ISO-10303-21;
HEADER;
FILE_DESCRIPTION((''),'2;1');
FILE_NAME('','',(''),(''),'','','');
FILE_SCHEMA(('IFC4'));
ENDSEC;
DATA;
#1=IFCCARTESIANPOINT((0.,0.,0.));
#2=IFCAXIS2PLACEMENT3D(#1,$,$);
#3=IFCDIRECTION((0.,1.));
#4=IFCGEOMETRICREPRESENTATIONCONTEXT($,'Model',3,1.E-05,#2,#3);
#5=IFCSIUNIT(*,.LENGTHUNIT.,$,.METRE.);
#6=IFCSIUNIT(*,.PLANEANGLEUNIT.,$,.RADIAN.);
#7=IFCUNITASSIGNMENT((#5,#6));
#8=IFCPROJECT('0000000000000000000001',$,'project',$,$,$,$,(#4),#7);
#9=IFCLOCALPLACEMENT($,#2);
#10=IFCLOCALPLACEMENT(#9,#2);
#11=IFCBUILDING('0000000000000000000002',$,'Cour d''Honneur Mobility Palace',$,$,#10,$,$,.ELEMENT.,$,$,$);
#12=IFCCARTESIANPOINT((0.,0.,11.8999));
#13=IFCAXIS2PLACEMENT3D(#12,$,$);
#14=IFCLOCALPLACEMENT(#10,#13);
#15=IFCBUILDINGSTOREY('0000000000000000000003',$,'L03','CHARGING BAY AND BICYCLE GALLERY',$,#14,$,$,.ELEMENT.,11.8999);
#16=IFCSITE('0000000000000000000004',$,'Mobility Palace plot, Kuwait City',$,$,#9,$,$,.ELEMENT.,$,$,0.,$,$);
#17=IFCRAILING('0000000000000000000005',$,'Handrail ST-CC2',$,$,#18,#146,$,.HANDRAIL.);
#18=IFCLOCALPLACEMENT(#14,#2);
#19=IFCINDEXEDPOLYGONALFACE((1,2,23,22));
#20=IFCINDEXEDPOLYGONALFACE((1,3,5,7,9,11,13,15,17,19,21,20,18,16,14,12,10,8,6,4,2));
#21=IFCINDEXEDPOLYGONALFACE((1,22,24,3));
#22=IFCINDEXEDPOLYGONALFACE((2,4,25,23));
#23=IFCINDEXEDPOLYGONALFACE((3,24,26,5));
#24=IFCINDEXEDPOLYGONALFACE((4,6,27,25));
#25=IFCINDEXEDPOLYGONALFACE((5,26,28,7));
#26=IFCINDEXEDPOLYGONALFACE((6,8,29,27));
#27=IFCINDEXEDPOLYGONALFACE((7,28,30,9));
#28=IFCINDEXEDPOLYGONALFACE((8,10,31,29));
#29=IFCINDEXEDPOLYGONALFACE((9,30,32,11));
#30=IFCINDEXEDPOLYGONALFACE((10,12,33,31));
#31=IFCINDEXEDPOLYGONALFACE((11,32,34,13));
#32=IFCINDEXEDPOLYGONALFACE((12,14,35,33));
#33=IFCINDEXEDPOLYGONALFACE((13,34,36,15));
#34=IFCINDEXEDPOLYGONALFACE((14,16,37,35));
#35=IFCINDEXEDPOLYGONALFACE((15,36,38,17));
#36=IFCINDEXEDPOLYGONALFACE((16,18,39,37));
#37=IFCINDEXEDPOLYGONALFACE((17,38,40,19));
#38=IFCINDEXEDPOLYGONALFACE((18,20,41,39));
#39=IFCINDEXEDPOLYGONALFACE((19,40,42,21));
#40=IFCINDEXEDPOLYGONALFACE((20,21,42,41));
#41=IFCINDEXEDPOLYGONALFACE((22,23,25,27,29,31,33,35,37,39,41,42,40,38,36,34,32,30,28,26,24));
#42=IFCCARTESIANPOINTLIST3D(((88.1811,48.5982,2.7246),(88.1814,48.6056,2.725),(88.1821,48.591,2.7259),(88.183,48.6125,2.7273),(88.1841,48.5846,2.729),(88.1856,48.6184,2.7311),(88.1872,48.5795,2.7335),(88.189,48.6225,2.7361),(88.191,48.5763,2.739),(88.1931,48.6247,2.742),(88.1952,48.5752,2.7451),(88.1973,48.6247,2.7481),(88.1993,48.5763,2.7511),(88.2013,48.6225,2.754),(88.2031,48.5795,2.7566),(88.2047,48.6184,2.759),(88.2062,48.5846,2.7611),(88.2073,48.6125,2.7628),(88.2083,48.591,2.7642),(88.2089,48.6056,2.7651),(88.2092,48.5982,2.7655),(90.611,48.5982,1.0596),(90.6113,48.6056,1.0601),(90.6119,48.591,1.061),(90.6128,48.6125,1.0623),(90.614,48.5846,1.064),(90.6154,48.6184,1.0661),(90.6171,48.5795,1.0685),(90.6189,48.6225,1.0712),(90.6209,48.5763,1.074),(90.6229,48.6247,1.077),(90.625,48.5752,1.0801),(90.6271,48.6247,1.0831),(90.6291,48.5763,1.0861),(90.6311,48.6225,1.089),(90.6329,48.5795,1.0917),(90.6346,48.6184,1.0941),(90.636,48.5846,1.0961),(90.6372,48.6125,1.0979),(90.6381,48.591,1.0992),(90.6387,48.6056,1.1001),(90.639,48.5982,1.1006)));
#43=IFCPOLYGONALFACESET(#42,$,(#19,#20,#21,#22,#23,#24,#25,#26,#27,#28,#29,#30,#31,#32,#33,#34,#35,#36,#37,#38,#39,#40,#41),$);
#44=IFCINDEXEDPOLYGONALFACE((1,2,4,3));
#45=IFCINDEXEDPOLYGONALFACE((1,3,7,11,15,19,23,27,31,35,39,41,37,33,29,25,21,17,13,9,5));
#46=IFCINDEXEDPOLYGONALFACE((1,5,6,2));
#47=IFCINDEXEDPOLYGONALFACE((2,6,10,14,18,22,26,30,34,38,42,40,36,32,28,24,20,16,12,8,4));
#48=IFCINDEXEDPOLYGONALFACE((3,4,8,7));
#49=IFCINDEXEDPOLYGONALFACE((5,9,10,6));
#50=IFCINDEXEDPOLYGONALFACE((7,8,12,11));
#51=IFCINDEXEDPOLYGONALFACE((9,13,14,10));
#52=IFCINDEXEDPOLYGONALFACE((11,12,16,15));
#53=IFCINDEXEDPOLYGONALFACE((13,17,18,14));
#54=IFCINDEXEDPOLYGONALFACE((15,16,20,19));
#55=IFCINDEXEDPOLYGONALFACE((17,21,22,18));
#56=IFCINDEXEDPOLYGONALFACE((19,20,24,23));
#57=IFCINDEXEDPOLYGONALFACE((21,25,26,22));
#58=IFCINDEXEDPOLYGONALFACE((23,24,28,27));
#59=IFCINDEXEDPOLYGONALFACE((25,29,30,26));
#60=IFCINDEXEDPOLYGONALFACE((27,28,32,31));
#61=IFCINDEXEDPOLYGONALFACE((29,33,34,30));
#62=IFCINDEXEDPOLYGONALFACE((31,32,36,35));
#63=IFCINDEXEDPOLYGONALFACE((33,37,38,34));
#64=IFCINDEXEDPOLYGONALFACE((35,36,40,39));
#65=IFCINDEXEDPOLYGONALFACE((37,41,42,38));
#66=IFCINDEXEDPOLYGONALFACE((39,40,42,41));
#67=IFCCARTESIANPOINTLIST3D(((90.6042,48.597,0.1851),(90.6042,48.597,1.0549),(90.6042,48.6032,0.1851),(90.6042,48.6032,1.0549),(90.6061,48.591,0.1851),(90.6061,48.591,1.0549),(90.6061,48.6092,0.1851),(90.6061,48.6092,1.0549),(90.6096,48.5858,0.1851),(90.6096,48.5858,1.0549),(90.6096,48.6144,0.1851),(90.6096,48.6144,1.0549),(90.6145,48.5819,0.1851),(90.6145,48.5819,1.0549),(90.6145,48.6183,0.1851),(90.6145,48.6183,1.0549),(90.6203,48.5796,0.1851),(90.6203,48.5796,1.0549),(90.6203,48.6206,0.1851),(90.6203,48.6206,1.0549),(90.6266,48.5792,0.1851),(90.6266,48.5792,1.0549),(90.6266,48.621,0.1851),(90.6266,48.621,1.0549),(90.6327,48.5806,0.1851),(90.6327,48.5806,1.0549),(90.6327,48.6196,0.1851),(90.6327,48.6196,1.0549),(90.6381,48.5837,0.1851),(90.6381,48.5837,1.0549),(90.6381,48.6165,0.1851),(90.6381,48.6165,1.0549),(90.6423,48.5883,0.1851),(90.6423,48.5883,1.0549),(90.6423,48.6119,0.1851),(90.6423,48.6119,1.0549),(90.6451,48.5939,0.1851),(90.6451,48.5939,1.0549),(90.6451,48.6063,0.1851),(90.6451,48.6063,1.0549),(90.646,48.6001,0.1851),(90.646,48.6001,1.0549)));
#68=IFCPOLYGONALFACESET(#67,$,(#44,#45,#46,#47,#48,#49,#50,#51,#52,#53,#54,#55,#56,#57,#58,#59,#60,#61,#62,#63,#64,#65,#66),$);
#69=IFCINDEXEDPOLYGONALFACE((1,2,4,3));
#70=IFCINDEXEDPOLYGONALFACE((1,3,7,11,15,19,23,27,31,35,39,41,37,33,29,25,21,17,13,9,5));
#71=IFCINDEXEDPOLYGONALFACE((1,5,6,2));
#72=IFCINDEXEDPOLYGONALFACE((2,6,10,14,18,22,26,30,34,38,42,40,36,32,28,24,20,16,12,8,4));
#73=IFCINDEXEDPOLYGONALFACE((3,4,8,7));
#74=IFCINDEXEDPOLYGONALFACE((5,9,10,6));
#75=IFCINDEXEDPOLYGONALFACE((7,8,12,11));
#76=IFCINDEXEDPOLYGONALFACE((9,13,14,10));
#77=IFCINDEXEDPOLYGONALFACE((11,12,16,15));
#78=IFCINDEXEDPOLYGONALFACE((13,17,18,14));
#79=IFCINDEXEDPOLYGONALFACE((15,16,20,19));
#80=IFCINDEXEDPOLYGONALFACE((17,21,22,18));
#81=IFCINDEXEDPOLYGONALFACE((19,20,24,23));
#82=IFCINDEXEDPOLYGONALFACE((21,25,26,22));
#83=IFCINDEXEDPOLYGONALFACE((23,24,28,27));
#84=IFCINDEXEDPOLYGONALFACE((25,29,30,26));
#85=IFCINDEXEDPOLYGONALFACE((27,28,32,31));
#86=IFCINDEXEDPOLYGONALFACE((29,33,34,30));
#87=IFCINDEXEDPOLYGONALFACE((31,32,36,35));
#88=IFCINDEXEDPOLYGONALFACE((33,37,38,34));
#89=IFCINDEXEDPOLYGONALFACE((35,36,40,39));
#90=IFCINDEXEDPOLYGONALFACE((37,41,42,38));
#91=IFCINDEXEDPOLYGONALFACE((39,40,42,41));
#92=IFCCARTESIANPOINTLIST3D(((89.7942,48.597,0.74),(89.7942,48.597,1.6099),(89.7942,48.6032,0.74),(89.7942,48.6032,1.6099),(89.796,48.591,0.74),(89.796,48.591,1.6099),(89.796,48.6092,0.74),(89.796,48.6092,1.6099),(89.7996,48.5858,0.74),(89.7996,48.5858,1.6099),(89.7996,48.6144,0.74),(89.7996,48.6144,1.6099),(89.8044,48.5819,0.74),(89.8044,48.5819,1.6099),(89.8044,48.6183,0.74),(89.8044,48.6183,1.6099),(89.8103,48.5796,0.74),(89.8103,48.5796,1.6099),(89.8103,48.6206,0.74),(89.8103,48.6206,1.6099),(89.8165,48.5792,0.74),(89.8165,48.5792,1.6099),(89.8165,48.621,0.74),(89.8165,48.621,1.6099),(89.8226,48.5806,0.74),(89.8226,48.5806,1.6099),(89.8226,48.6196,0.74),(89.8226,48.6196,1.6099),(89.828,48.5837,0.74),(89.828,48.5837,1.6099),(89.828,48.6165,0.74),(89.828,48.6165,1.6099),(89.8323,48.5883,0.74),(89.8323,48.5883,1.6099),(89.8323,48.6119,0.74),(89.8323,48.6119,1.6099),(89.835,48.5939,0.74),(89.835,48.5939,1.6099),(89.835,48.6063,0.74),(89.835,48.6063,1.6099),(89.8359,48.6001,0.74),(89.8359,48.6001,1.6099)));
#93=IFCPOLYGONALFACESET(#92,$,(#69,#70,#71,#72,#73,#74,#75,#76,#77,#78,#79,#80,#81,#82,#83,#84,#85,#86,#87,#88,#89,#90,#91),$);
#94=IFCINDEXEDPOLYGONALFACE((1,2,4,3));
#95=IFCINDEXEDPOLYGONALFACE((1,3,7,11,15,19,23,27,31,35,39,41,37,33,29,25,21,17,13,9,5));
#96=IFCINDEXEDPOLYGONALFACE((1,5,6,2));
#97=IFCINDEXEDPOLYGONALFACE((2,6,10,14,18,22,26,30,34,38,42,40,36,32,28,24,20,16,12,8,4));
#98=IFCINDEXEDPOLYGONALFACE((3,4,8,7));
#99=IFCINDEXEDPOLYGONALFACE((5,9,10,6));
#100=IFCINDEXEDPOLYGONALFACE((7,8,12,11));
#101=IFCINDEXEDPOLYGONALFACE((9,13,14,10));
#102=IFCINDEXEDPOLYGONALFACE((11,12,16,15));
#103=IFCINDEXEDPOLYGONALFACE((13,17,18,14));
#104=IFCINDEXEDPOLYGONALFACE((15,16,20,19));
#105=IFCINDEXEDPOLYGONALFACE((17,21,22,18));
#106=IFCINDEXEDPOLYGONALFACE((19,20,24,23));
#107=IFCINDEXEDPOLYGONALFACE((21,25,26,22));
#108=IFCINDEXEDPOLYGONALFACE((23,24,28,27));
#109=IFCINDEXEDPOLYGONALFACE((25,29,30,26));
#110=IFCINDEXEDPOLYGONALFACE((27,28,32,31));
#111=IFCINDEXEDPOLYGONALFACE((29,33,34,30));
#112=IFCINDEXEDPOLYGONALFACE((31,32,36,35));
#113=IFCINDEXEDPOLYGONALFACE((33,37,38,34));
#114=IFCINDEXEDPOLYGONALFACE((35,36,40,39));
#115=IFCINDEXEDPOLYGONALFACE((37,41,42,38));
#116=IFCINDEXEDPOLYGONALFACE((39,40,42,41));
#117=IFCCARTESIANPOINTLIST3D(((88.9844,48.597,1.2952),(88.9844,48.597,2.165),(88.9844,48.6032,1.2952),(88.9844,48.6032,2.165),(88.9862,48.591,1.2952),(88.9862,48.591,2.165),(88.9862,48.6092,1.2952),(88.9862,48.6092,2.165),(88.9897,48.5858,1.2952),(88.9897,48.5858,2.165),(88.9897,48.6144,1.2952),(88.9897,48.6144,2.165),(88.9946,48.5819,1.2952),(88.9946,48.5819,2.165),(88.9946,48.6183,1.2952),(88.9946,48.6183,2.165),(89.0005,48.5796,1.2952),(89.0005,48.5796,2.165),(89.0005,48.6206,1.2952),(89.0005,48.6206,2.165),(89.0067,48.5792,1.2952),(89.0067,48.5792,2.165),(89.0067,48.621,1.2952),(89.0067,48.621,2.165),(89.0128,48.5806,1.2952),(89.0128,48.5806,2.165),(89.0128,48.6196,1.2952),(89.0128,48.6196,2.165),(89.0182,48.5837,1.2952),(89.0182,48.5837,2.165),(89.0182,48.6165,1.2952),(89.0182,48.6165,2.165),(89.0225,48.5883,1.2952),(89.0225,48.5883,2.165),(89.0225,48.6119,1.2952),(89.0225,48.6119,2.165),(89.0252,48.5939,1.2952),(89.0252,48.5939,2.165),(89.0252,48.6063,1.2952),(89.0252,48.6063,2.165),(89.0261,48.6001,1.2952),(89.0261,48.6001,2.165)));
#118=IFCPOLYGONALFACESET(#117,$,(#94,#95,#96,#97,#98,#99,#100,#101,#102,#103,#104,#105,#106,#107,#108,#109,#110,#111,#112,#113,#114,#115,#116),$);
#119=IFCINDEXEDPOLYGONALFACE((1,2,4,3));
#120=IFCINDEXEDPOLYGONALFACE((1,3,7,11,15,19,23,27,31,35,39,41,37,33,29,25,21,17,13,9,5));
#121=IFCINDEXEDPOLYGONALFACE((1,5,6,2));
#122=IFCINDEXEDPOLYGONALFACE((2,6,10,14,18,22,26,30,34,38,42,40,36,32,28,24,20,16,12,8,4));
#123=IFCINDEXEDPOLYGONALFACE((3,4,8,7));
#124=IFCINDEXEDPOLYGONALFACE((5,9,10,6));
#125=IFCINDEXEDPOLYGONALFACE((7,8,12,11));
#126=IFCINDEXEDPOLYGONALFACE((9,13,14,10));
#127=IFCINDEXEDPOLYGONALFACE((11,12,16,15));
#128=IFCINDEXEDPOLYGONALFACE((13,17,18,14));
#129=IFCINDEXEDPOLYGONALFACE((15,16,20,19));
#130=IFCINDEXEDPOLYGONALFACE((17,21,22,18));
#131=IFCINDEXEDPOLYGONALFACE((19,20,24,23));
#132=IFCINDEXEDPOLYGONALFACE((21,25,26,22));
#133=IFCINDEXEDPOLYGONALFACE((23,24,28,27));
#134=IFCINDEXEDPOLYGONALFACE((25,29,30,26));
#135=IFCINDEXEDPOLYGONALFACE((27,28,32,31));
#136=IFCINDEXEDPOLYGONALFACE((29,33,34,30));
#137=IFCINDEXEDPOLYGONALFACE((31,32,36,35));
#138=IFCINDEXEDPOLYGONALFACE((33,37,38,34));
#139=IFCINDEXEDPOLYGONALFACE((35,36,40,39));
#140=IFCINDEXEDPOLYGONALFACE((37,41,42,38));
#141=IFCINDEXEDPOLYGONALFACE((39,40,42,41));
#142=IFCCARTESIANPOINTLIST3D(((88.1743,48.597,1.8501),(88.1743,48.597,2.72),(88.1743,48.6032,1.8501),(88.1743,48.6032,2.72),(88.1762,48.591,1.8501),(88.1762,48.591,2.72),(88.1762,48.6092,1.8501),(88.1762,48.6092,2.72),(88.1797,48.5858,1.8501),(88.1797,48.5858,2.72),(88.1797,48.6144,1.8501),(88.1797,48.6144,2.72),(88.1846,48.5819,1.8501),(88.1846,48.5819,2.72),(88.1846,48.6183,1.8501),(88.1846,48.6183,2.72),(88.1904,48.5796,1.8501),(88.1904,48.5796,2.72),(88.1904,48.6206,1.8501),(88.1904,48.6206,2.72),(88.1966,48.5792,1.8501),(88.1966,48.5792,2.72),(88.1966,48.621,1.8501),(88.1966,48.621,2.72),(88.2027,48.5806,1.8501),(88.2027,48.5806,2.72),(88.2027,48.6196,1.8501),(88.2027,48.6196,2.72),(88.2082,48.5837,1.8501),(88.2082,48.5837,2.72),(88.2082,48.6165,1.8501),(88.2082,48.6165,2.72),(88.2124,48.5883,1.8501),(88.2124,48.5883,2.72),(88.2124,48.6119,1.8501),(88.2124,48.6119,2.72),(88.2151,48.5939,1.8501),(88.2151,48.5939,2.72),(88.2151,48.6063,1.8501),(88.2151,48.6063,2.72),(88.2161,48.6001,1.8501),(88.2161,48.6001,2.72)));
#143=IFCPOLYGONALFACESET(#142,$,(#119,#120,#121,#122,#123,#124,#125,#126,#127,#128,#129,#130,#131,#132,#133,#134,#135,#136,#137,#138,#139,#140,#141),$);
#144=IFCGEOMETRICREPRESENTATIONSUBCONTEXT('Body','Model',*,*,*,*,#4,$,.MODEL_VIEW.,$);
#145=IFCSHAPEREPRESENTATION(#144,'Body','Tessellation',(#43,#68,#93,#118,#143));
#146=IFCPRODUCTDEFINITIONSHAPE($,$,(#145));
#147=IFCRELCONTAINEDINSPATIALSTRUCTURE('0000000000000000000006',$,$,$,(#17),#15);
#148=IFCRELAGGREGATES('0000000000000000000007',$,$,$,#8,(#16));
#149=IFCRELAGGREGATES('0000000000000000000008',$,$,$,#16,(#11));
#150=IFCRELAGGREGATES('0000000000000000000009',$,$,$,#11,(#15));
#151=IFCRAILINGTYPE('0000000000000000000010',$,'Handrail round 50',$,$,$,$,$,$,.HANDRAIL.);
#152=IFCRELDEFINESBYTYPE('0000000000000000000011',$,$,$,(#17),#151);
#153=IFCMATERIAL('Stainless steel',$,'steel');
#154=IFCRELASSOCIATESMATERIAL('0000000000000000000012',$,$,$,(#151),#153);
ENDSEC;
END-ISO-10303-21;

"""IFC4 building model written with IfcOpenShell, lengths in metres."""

from ifc_helpers import new_model, si_unit, direction, frame, origin, origin_2d, place, context, subcontext, project, spatial, circle, extrude, material, type_object, element, save


model = new_model("IFC4")

# Units and contexts
model_context = context("Model", 3, precision=1e-05, world=origin(), true_north=direction((0.0, 1.0)))
body_context = subcontext(model_context, "Body", "Model", "MODEL_VIEW")
ifc_project = project(units=[si_unit("LENGTHUNIT", "METRE"), si_unit("PLANEANGLEUNIT", "RADIAN")], contexts=[model_context])

# Site, building, storey
site_placement = place(None, origin())
site = spatial("IfcSite", under=ifc_project, at=site_placement, Name="Mobility Palace plot, Kuwait City", CompositionType="ELEMENT", RefElevation=0.0)
building_placement = place(site_placement, origin())
building = spatial("IfcBuilding", under=site, at=building_placement, Name="Cour d'Honneur Mobility Palace", CompositionType="ELEMENT")
storey_placement = place(building_placement, frame((0.0, 0.0, 11.8999)))
storey = spatial("IfcBuildingStorey", under=building, at=storey_placement, Name="L03", Description="CHARGING BAY AND BICYCLE GALLERY", CompositionType="ELEMENT", Elevation=11.8999)

# Railing
ifc_material_1 = material(Name="Stainless steel", Category="steel")
railing_type_1 = type_object("IfcRailingType", Name="Handrail round 50", PredefinedType="HANDRAIL", material=ifc_material_1)
railing_1_placement = place(storey_placement, frame((90.625, 48.6001, 0.1851)))
element("IfcRailing", 1, at=railing_1_placement, inside=storey, type_object=railing_type_1, Name="Handrail ST-CC2", PredefinedType="HANDRAIL", context=body_context, shape_type="SweptSolid", body=[
    extrude(circle(Radius=0.0249, at=origin_2d()), frame((0.0, 0.0, 0.895), z_axis=(-0.824919, 0.0, 0.565251), x_axis=(0.0, -1.0, 0.0)), (0.0, 0.0, 1.0), 2.9456),
    extrude(circle(Radius=0.021, at=origin_2d()), origin(), (0.0, 0.0, 1.0), 0.8699),
    extrude(circle(Radius=0.021, at=origin_2d()), frame((-0.8101, 0.0, 0.5549)), (0.0, 0.0, 1.0), 0.8699),
    extrude(circle(Radius=0.021, at=origin_2d()), frame((-1.6199, 0.0, 1.1101)), (0.0, 0.0, 1.0), 0.8699),
    extrude(circle(Radius=0.021, at=origin_2d()), frame((-2.4299, 0.0, 1.665)), (0.0, 0.0, 1.0), 0.8699),
])

save(model, "model.ifc")
